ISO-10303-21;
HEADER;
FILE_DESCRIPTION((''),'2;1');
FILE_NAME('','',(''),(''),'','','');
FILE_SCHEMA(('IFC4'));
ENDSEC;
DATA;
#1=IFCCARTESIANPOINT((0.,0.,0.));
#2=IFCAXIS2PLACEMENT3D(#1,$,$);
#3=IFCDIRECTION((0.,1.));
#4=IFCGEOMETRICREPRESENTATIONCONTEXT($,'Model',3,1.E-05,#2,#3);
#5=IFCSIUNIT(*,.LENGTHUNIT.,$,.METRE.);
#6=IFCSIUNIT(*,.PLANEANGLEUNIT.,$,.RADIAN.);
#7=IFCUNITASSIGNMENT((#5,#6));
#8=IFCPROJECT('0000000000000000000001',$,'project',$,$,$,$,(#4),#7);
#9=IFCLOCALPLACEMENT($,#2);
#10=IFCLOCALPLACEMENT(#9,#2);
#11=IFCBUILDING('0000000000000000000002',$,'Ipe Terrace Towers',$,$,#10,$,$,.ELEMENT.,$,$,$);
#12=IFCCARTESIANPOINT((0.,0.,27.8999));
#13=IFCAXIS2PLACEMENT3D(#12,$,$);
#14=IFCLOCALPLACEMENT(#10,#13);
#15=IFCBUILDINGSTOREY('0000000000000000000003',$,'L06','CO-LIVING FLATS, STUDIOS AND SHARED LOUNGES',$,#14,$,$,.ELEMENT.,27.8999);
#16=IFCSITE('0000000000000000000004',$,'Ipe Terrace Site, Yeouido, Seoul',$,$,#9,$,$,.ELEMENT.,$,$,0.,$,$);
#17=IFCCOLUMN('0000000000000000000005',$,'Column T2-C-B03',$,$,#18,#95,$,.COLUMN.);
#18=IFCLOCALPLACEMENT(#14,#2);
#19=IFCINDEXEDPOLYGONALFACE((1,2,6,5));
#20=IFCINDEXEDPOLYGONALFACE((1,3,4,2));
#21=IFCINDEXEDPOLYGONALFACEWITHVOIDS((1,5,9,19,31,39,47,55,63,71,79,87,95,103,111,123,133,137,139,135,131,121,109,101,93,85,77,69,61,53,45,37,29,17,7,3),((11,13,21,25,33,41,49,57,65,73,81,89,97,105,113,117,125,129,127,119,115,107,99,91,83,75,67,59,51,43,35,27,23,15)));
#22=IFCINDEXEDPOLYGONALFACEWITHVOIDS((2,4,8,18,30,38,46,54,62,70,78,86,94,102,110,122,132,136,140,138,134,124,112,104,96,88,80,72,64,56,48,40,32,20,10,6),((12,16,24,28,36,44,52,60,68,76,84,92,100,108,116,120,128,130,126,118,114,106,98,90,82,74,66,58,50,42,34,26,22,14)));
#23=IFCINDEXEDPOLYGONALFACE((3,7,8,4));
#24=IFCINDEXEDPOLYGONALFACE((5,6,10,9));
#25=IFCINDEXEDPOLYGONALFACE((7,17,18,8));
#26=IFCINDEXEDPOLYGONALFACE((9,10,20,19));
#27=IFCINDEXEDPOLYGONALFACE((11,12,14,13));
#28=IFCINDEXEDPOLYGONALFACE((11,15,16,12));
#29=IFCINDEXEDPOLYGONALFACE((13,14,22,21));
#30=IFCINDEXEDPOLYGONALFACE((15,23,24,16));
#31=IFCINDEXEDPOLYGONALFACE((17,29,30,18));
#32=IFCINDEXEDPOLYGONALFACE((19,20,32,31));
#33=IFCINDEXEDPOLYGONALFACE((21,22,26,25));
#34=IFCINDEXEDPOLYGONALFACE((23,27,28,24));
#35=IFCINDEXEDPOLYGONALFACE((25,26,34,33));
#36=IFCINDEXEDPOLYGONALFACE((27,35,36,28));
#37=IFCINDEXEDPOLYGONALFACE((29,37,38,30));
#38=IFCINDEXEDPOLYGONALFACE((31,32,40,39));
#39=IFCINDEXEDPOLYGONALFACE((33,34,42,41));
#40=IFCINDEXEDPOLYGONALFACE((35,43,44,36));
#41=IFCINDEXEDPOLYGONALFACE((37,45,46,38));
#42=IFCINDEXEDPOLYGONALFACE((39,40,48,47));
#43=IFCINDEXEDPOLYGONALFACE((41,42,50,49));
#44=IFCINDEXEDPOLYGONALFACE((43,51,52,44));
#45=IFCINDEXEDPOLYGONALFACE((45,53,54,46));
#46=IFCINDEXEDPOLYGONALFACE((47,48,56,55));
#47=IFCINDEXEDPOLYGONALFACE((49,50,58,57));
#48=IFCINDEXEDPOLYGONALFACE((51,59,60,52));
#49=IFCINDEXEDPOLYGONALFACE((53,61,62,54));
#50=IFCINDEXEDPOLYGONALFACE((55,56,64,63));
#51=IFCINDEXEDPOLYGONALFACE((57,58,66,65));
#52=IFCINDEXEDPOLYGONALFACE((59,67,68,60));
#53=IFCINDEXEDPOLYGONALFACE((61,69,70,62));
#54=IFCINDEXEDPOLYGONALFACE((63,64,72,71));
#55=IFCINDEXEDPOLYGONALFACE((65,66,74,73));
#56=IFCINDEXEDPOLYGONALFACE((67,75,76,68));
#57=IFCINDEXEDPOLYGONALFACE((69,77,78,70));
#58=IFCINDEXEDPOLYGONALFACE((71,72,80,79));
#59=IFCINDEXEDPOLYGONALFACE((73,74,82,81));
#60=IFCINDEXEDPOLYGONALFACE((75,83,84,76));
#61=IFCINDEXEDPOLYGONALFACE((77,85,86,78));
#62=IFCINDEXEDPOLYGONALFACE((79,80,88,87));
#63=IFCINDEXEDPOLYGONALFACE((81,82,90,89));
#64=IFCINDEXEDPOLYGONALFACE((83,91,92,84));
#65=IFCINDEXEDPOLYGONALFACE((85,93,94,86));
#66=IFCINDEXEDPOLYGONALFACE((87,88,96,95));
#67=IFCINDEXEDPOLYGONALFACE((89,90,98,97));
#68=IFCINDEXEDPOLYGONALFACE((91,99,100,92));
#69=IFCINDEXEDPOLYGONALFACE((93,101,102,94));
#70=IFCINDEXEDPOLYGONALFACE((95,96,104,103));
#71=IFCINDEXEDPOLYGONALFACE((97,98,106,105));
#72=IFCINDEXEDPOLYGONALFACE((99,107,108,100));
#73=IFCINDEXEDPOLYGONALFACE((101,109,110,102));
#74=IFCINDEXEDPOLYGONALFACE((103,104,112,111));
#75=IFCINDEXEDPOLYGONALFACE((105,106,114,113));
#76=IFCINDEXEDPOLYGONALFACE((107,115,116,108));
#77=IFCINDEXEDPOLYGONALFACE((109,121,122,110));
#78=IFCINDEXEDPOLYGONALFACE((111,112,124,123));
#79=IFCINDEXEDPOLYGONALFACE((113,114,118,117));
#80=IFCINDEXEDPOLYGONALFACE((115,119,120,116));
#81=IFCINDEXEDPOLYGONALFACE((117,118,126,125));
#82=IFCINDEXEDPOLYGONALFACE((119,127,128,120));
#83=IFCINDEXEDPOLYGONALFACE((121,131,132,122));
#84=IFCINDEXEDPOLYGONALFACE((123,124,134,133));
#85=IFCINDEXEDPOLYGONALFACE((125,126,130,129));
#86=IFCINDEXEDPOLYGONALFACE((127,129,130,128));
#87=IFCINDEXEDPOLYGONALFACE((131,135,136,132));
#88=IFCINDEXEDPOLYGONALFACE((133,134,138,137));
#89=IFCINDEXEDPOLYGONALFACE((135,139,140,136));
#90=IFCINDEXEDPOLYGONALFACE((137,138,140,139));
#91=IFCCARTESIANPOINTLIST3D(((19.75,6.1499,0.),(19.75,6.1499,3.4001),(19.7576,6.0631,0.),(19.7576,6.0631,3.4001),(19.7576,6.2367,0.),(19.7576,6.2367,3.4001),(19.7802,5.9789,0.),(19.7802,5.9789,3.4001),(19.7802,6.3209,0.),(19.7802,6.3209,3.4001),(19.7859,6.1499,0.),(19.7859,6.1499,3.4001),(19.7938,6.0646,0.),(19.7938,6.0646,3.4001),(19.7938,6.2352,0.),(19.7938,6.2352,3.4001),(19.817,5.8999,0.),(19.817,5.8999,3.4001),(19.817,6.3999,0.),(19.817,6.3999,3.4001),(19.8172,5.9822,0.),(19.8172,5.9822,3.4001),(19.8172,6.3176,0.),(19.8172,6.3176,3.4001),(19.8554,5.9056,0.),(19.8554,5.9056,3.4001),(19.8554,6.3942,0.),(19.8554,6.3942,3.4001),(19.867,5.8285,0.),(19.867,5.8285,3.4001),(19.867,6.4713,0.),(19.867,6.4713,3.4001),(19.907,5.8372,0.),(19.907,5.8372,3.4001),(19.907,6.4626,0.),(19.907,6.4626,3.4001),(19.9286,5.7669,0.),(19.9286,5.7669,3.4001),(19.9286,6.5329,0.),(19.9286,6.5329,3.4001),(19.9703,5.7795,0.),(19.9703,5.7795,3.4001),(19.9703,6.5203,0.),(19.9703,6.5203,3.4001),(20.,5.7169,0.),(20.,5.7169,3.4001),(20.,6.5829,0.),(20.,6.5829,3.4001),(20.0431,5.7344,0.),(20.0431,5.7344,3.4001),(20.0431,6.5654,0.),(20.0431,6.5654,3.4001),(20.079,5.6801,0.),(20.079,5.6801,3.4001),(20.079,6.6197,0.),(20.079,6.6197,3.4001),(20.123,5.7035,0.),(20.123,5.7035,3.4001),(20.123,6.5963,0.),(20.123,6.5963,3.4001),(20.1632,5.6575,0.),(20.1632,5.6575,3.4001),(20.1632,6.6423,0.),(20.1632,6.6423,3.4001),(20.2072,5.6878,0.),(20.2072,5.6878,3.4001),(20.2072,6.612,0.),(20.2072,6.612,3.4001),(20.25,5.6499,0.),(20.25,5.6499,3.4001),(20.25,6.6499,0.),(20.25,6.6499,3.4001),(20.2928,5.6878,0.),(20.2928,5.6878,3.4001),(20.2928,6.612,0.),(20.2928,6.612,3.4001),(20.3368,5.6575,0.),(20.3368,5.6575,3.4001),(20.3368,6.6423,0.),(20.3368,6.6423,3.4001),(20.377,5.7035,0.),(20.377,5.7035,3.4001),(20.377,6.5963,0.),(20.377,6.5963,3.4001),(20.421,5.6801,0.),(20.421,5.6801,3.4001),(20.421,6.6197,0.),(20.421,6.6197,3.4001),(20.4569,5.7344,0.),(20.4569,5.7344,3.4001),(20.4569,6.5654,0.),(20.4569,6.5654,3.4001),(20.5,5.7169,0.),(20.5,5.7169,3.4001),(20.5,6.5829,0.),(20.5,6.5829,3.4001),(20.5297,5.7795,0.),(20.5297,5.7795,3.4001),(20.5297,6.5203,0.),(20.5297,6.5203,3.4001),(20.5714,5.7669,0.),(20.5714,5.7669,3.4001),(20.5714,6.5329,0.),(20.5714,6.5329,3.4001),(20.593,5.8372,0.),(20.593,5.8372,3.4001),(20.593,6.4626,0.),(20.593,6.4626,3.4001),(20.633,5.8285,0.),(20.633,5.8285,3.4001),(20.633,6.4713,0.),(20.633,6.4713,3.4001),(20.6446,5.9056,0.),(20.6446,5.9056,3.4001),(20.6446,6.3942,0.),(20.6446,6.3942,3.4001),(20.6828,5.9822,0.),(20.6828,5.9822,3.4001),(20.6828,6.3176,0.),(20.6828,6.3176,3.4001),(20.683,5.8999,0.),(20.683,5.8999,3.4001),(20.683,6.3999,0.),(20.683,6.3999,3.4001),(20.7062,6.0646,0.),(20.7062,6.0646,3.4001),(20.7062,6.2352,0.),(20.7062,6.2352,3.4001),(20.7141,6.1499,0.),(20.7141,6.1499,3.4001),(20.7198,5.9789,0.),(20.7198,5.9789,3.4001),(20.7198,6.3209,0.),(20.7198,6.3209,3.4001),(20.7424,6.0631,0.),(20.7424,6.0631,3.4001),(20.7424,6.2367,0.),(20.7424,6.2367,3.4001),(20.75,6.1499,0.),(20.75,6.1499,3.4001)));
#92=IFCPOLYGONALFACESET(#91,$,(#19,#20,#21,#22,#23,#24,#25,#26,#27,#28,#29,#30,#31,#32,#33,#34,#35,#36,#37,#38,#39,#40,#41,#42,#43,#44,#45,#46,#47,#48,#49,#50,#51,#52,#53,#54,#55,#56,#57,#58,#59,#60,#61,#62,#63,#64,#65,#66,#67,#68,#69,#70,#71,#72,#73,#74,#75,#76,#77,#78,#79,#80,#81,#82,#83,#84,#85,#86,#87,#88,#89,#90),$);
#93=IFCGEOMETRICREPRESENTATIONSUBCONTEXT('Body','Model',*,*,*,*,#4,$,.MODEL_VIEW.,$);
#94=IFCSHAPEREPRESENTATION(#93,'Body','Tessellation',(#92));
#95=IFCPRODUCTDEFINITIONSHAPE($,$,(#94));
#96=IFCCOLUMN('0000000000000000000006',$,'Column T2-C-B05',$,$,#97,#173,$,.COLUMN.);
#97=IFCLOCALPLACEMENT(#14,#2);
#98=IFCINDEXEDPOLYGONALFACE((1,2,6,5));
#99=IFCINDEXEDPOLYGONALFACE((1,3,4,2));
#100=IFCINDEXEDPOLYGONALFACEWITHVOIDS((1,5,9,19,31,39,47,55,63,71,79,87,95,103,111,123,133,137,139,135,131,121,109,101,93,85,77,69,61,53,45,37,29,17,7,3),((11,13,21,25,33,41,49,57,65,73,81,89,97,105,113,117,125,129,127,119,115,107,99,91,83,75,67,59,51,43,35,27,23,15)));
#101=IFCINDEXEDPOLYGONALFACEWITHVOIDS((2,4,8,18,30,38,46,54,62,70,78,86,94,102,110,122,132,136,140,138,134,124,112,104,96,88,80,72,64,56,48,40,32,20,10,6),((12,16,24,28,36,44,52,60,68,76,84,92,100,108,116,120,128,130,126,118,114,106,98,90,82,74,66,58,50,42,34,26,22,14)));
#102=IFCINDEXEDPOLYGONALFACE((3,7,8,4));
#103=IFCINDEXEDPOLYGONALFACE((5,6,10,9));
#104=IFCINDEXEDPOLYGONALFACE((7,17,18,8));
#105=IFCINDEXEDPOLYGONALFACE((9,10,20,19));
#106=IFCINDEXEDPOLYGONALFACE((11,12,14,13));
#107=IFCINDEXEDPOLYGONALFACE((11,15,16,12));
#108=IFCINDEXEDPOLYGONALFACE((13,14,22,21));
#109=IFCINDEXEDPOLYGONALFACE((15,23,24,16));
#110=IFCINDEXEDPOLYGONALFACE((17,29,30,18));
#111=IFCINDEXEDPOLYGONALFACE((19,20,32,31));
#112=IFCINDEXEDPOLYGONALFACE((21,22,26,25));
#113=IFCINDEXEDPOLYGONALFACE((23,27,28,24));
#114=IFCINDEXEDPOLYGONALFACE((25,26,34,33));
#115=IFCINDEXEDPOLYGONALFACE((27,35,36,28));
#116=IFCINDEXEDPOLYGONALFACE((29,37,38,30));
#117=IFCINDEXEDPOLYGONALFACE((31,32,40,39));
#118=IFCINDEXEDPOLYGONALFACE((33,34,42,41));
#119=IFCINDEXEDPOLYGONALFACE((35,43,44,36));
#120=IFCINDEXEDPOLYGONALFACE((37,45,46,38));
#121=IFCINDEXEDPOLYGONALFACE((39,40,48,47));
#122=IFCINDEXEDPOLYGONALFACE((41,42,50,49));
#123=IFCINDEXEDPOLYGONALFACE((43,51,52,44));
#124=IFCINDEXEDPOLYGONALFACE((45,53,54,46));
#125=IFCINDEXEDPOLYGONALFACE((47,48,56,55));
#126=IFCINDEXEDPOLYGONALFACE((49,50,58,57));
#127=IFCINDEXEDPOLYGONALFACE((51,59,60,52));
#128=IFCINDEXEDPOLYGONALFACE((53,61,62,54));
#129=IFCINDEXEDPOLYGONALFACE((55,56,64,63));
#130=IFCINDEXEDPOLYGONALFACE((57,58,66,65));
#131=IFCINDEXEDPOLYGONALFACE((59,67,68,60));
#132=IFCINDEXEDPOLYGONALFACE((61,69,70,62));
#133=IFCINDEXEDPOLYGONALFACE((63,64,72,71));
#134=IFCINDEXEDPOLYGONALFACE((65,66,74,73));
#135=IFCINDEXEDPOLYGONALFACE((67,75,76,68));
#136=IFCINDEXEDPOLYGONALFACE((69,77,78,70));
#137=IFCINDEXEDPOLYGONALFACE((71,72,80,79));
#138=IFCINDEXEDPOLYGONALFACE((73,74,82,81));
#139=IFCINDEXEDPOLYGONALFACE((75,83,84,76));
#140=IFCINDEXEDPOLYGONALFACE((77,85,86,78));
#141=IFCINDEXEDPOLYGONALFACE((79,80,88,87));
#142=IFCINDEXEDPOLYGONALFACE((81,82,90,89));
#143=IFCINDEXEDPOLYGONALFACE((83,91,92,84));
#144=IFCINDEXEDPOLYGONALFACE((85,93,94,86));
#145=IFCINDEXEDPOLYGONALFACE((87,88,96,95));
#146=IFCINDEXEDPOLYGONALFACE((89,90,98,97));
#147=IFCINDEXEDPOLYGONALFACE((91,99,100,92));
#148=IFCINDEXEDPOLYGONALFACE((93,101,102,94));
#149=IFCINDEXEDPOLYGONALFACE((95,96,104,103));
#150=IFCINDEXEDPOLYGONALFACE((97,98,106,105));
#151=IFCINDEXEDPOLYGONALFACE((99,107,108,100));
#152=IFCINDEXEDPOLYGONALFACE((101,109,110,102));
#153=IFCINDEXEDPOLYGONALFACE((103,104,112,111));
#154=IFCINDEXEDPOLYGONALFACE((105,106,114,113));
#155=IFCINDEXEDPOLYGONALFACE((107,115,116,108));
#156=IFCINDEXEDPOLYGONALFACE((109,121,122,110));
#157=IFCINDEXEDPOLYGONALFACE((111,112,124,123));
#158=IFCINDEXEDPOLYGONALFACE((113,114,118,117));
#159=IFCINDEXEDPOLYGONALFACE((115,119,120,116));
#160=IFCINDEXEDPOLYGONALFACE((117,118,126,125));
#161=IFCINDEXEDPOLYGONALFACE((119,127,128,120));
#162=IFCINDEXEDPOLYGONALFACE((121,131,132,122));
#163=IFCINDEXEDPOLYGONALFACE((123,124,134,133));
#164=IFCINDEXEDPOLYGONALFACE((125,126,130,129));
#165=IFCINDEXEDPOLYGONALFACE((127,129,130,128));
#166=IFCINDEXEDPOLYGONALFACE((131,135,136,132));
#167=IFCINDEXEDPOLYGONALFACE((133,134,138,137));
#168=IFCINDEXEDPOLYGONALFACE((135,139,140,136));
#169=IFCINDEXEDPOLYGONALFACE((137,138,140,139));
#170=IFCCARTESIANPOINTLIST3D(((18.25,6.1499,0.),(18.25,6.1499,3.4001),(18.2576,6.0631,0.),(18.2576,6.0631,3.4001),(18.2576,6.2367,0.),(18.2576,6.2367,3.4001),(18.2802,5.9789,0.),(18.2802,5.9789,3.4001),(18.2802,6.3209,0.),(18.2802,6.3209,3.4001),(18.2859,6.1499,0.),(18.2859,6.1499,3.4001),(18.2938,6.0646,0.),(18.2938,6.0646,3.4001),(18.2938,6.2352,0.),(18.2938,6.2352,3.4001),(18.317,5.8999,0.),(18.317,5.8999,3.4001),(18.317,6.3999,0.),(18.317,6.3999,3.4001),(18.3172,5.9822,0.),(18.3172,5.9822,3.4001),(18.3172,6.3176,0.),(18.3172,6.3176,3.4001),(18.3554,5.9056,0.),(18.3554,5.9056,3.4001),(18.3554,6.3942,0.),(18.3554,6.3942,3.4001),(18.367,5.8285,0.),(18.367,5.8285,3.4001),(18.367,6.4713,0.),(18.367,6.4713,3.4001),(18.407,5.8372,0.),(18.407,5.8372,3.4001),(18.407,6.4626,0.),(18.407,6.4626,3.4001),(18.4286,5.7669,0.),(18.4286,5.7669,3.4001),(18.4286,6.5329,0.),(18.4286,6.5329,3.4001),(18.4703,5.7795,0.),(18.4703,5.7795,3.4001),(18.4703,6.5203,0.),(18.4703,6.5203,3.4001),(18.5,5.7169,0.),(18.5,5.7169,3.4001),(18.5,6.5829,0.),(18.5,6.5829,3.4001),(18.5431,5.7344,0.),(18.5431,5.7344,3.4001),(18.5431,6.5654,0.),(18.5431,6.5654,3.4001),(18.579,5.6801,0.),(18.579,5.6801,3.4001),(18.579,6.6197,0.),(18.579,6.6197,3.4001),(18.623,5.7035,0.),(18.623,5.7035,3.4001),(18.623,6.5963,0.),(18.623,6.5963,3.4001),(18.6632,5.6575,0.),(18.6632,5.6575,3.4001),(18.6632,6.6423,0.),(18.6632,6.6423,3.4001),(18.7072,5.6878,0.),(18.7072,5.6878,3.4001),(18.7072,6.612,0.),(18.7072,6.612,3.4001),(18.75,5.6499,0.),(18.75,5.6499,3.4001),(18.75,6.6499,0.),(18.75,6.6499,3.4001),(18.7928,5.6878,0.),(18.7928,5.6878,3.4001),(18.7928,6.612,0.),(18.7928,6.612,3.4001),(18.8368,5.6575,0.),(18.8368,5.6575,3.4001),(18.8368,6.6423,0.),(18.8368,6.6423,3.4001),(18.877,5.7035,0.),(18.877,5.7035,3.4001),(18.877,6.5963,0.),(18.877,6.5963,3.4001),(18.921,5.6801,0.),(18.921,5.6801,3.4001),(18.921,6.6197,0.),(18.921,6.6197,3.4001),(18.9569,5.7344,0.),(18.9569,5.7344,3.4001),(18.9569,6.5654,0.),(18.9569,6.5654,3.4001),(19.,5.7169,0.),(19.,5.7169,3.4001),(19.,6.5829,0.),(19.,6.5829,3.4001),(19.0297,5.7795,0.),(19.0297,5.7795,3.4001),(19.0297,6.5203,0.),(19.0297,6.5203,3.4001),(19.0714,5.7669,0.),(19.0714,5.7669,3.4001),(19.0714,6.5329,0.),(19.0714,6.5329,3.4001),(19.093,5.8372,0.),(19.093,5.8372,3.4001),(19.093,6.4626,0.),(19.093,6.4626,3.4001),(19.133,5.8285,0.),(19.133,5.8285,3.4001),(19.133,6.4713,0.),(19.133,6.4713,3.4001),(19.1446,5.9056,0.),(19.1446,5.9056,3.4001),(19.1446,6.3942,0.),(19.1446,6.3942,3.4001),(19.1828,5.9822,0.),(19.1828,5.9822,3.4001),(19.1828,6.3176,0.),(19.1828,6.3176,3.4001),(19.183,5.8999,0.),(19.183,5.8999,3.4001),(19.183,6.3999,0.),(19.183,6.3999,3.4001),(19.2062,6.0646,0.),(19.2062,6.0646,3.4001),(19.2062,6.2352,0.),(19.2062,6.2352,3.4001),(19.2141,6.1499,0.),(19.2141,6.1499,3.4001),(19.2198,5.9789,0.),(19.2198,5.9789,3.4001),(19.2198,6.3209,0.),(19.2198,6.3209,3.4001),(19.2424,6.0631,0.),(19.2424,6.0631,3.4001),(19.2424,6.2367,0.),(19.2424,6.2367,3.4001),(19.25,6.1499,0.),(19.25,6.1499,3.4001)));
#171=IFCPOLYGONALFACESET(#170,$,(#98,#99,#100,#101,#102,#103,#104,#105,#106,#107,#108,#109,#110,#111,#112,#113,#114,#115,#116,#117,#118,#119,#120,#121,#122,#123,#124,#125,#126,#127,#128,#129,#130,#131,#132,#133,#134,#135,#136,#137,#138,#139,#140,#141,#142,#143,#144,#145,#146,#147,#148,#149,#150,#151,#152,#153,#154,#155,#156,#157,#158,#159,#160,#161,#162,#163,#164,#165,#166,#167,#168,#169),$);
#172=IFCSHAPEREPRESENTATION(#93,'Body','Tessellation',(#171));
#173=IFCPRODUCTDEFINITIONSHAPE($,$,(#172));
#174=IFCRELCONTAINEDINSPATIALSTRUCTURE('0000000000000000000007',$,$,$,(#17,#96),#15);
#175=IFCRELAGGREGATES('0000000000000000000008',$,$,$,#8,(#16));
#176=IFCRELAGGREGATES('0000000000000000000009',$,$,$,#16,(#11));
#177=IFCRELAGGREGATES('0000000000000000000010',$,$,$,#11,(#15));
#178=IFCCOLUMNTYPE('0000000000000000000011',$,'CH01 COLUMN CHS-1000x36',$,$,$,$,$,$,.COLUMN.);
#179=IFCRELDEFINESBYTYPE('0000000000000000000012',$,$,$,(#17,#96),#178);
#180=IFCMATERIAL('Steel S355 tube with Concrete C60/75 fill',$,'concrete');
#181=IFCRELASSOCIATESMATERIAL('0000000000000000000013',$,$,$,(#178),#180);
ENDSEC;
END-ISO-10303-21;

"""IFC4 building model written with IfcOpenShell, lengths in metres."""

from ifc_helpers import new_model, si_unit, direction, frame, origin, origin_2d, place, context, subcontext, project, spatial, hollow_circle, extrude, material, material_profile, profile_set, type_object, element, save


model = new_model("IFC4")

# Units and contexts
model_context = context("Model", 3, precision=1e-05, world=origin(), true_north=direction((0.0, 1.0)))
body_context = subcontext(model_context, "Body", "Model", "MODEL_VIEW")
ifc_project = project(units=[si_unit("LENGTHUNIT", "METRE"), si_unit("PLANEANGLEUNIT", "RADIAN")], contexts=[model_context])

# Site, building, storey
site_placement = place(None, origin())
site = spatial("IfcSite", under=ifc_project, at=site_placement, Name="Ipe Terrace Site, Yeouido, Seoul", CompositionType="ELEMENT", RefElevation=0.0)
building_placement = place(site_placement, origin())
building = spatial("IfcBuilding", under=site, at=building_placement, Name="Ipe Terrace Towers", CompositionType="ELEMENT")
storey_placement = place(building_placement, frame((0.0, 0.0, 27.8999)))
storey = spatial("IfcBuildingStorey", under=building, at=storey_placement, Name="L06", Description="CO-LIVING FLATS, STUDIOS AND SHARED LOUNGES", CompositionType="ELEMENT", Elevation=27.8999)

# Columns
ifc_material_1 = material(Name="Steel S355 tube with Concrete C60/75 fill", Category="concrete")
ifc_material_profile_1 = material_profile(ifc_material_1, hollow_circle(Radius=0.5, WallThickness=0.0359, at=origin_2d()), Name="CHS-1000x36")
ifc_profile_set_1 = profile_set([ifc_material_profile_1], Name="Steel S355 tube with Concrete C60/75 fill")
column_type = type_object("IfcColumnType", Name="CH01 COLUMN CHS-1000x36", PredefinedType="COLUMN", material=ifc_profile_set_1)
for number, where, z_axis, x_axis, name in (
    (1, (20.25, 6.1499, 0.0), (0.0, 0.0, 1.0), (1.0, 0.0, 0.0), "Column T2-C-B03"),
    (2, (18.75, 6.1499, 0.0), (0.0, 0.0, 1.0), (1.0, 0.0, 0.0), "Column T2-C-B05"),
):
    element("IfcColumn", number, at=place(storey_placement, frame(where, z_axis=z_axis, x_axis=x_axis)), inside=storey, type_object=column_type, Name=name, PredefinedType="COLUMN", context=body_context, shape_type="SweptSolid", body=[
        extrude(hollow_circle(Radius=0.5, WallThickness=0.0359, at=origin_2d()), origin(), (0.0, 0.0, 1.0), 3.4001),
    ])

save(model, "model.ifc")
